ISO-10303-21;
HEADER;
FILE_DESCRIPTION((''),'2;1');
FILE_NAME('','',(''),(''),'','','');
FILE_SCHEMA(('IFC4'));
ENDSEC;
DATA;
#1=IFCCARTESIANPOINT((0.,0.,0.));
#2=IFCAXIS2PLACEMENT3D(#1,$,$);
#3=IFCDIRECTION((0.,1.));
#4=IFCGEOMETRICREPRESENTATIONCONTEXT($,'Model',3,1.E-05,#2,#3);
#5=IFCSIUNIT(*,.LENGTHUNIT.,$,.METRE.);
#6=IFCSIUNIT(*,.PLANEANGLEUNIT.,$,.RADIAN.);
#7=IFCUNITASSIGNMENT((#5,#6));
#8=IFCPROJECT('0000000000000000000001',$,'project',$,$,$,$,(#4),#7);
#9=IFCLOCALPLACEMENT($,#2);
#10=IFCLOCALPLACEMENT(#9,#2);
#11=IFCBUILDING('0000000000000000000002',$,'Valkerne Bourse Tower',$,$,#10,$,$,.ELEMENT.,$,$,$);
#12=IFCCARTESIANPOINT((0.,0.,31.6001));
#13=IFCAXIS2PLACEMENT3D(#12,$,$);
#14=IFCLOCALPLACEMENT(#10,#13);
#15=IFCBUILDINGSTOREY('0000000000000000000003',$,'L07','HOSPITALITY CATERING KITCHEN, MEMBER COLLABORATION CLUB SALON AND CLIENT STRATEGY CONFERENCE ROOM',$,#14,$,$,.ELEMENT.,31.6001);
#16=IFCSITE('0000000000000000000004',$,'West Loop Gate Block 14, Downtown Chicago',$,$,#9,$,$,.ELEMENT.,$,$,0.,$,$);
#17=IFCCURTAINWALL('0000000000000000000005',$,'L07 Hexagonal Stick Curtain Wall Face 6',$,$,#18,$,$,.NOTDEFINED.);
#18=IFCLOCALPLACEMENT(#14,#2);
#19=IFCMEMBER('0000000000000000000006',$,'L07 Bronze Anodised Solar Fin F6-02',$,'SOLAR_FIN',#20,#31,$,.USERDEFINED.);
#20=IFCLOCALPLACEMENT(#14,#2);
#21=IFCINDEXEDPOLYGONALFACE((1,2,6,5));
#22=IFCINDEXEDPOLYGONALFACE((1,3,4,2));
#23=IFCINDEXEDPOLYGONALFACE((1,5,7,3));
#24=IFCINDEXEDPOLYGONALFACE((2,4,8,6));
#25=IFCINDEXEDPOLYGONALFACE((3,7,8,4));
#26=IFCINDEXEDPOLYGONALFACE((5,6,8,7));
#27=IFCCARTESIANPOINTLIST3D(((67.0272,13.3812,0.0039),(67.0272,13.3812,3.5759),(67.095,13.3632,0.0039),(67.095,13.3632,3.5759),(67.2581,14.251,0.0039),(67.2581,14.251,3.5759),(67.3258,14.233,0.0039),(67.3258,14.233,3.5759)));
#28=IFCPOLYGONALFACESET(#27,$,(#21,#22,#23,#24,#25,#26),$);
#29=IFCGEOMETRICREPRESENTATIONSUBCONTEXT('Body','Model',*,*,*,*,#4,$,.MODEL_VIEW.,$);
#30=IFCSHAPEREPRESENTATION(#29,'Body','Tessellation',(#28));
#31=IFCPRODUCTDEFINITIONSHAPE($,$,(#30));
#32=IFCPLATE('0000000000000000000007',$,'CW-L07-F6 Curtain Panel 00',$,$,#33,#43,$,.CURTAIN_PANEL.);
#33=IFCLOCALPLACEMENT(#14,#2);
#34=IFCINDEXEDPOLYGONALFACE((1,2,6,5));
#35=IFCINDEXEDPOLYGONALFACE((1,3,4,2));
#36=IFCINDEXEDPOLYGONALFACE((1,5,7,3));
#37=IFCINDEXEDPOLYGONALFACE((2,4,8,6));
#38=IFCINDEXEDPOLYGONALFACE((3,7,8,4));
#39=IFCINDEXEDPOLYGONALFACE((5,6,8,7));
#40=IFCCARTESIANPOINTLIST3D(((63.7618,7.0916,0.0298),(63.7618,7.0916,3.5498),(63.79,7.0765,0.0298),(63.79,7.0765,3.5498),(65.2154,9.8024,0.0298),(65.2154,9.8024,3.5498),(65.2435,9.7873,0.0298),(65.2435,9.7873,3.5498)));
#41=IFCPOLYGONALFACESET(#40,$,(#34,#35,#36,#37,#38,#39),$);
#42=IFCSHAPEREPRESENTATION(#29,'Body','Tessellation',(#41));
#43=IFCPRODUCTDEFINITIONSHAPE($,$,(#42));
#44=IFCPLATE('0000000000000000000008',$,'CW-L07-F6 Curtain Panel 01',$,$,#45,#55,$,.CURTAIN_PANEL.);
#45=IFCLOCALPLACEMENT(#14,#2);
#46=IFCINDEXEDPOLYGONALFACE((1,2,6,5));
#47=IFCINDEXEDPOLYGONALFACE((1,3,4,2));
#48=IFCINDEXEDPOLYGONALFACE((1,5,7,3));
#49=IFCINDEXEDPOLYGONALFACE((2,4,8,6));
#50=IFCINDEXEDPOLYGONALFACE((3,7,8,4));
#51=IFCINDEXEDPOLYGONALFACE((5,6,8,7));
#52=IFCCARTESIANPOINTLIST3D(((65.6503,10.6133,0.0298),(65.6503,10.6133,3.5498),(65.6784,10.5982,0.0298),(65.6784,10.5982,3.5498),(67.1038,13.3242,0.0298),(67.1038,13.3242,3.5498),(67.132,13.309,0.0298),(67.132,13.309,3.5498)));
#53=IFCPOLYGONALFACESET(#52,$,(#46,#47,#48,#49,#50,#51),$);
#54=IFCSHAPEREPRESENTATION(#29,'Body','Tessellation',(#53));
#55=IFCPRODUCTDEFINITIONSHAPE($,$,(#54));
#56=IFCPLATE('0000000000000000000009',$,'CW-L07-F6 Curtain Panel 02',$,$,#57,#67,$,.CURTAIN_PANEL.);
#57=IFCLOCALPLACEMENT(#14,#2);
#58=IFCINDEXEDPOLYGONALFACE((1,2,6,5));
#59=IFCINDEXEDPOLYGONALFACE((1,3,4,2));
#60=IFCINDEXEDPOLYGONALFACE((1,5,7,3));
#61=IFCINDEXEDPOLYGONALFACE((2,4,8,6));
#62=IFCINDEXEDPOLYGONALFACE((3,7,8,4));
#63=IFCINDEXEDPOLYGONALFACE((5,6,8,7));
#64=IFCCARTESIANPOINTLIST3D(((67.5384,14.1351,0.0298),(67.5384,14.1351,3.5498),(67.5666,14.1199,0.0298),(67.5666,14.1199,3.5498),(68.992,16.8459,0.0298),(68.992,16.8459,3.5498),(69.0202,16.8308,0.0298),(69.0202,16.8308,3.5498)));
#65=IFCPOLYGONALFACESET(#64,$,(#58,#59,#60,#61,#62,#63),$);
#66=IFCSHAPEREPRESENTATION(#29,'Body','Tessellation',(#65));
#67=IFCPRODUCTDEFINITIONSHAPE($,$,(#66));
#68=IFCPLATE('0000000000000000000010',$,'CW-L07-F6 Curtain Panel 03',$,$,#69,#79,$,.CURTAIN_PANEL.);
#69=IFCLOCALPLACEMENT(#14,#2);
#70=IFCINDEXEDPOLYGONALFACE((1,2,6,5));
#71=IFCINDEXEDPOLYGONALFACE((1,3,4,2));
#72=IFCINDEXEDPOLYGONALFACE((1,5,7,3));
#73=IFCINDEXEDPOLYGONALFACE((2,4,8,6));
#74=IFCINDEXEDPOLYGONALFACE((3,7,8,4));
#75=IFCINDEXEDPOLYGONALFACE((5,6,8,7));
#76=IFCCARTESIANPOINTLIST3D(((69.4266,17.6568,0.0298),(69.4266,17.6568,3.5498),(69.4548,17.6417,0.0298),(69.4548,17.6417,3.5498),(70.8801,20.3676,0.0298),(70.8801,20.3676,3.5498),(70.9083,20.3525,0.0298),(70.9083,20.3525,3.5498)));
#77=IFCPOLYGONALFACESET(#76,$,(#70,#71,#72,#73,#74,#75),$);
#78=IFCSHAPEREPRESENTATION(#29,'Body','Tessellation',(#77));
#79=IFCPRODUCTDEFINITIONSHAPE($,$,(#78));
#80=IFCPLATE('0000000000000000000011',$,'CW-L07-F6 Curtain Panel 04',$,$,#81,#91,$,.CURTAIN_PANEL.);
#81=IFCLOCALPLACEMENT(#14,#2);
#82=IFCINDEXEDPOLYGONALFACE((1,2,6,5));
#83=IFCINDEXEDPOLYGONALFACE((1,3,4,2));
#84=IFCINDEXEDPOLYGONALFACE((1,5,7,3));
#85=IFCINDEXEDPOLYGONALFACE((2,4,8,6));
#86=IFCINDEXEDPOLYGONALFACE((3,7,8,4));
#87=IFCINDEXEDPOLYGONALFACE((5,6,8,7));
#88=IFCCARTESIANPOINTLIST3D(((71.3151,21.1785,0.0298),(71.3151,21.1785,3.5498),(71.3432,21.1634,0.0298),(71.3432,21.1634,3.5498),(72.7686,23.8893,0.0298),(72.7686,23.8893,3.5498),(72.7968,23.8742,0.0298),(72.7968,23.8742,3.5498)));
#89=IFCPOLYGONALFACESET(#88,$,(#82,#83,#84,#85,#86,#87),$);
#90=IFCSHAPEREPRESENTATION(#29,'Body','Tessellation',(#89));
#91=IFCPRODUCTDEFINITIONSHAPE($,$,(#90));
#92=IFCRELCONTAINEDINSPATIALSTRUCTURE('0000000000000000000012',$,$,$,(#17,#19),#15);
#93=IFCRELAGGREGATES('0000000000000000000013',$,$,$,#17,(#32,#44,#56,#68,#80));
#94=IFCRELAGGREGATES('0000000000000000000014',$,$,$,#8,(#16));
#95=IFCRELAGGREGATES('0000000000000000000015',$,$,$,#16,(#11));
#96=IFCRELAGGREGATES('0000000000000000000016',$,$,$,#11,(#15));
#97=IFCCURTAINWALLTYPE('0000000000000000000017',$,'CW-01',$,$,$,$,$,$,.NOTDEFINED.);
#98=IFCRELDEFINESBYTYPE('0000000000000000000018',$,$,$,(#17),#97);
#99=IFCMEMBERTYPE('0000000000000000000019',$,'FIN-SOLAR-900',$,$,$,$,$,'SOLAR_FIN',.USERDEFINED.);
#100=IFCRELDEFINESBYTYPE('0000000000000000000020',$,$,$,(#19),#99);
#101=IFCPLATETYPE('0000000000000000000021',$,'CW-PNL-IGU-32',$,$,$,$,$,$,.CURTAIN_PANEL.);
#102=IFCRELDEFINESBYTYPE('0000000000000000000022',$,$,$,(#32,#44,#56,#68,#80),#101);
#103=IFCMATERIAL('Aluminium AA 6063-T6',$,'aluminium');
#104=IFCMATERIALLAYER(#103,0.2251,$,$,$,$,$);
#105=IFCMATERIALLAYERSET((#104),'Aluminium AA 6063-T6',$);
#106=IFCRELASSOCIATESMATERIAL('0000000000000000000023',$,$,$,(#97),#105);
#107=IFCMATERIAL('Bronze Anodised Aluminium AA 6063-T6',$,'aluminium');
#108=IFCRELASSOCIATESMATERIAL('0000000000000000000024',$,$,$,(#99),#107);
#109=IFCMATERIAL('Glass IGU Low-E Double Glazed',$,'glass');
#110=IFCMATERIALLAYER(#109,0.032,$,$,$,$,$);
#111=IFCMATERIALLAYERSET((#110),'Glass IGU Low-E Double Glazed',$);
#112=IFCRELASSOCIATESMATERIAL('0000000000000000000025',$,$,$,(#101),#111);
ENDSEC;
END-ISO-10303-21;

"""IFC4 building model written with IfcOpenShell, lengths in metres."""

from ifc_helpers import new_model, si_unit, direction, frame, origin, origin_2d, place, context, subcontext, project, spatial, rectangle, extrude, material, layer, layer_set, material_profile, profile_set, type_object, element, aggregate, save


model = new_model("IFC4")

# Units and contexts
model_context = context("Model", 3, precision=1e-05, world=origin(), true_north=direction((0.0, 1.0)))
body_context = subcontext(model_context, "Body", "Model", "MODEL_VIEW")
ifc_project = project(units=[si_unit("LENGTHUNIT", "METRE"), si_unit("PLANEANGLEUNIT", "RADIAN")], contexts=[model_context])

# Site, building, storey
site_placement = place(None, origin())
site = spatial("IfcSite", under=ifc_project, at=site_placement, Name="West Loop Gate Block 14, Downtown Chicago", CompositionType="ELEMENT", RefElevation=0.0)
building_placement = place(site_placement, origin())
building = spatial("IfcBuilding", under=site, at=building_placement, Name="Valkerne Bourse Tower", CompositionType="ELEMENT")
storey_placement = place(building_placement, frame((0.0, 0.0, 31.6001)))
storey = spatial("IfcBuildingStorey", under=building, at=storey_placement, Name="L07", Description="HOSPITALITY CATERING KITCHEN, MEMBER COLLABORATION CLUB SALON AND CLIENT STRATEGY CONFERENCE ROOM", CompositionType="ELEMENT", Elevation=31.6001)

# Curtain wall
ifc_material_1 = material(Name="Aluminium AA 6063-T6", Category="aluminium")
ifc_layer_1 = layer(ifc_material_1, 0.2251)
ifc_layer_set_1 = layer_set([ifc_layer_1], Name="Aluminium AA 6063-T6")
curtain_wall_type = type_object("IfcCurtainWallType", Name="CW-01", PredefinedType="NOTDEFINED", material=ifc_layer_set_1)
curtain_wall_placement = place(storey_placement, origin())
curtain_wall = element("IfcCurtainWall", 1, at=curtain_wall_placement, inside=storey, type_object=curtain_wall_type, Name="L07 Hexagonal Stick Curtain Wall Face 6", PredefinedType="NOTDEFINED")

# Member
ifc_material_2 = material(Name="Bronze Anodised Aluminium AA 6063-T6", Category="aluminium")
ifc_material_profile_1 = material_profile(ifc_material_2, rectangle(XDim=0.0701, YDim=0.8999, at=origin_2d()), Name="FIN-70X900")
ifc_profile_set_1 = profile_set([ifc_material_profile_1], Name="Bronze Anodised Aluminium AA 6063-T6")
member_type_1 = type_object("IfcMemberType", Name="FIN-SOLAR-900", ElementType="SOLAR_FIN", PredefinedType="USERDEFINED", material=ifc_profile_set_1)
member_1_placement = place(storey_placement, frame((67.1765, 13.8071, 0.0039), z_axis=(0.0, 0.0, 1.0), x_axis=(0.966544, -0.2565, 0.0)))
element("IfcMember", 2, at=member_1_placement, inside=storey, type_object=member_type_1, Name="L07 Bronze Anodised Solar Fin F6-02", ObjectType="SOLAR_FIN", PredefinedType="USERDEFINED", context=body_context, shape_type="SweptSolid", body=[
    extrude(rectangle(XDim=0.0701, YDim=0.8999, at=origin_2d()), origin(), (0.0, 0.0, 1.0), 3.572),
])

# Plates
ifc_material_3 = material(Name="Glass IGU Low-E Double Glazed", Category="glass")
ifc_layer_2 = layer(ifc_material_3, 0.032)
ifc_layer_set_2 = layer_set([ifc_layer_2], Name="Glass IGU Low-E Double Glazed")
plate_type = type_object("IfcPlateType", Name="CW-PNL-IGU-32", PredefinedType="CURTAIN_PANEL", material=ifc_layer_set_2)
plate_1_placement = place(storey_placement, frame((64.5027, 8.4395, 0.0298), z_axis=(0.0, 0.0, 1.0), x_axis=(0.472547, 0.881305, 0.0)))
plate_1 = element("IfcPlate", 3, at=plate_1_placement, type_object=plate_type, Name="CW-L07-F6 Curtain Panel 00", PredefinedType="CURTAIN_PANEL", context=body_context, shape_type="SweptSolid", body=[
    extrude(rectangle(XDim=3.0759, YDim=0.032, at=origin_2d()), origin(), (0.0, 0.0, 1.0), 3.52),
])
plate_2_placement = place(storey_placement, frame((66.3911, 11.9612, 0.0298), z_axis=(0.0, 0.0, 1.0), x_axis=(0.472547, 0.881305, 0.0)))
plate_2 = element("IfcPlate", 4, at=plate_2_placement, type_object=plate_type, Name="CW-L07-F6 Curtain Panel 01", PredefinedType="CURTAIN_PANEL", context=body_context, shape_type="SweptSolid", body=[
    extrude(rectangle(XDim=3.0759, YDim=0.032, at=origin_2d()), origin(), (0.0, 0.0, 1.0), 3.52),
])
plate_3_placement = place(storey_placement, frame((68.2793, 15.4829, 0.0298), z_axis=(0.0, 0.0, 1.0), x_axis=(0.472547, 0.881305, 0.0)))
plate_3 = element("IfcPlate", 5, at=plate_3_placement, type_object=plate_type, Name="CW-L07-F6 Curtain Panel 02", PredefinedType="CURTAIN_PANEL", context=body_context, shape_type="SweptSolid", body=[
    extrude(rectangle(XDim=3.0759, YDim=0.032, at=origin_2d()), origin(), (0.0, 0.0, 1.0), 3.52),
])
plate_4_placement = place(storey_placement, frame((70.1675, 19.0046, 0.0298), z_axis=(0.0, 0.0, 1.0), x_axis=(0.472547, 0.881305, 0.0)))
plate_4 = element("IfcPlate", 6, at=plate_4_placement, type_object=plate_type, Name="CW-L07-F6 Curtain Panel 03", PredefinedType="CURTAIN_PANEL", context=body_context, shape_type="SweptSolid", body=[
    extrude(rectangle(XDim=3.0759, YDim=0.032, at=origin_2d()), origin(), (0.0, 0.0, 1.0), 3.52),
])
plate_5_placement = place(storey_placement, frame((72.0559, 22.5264, 0.0298), z_axis=(0.0, 0.0, 1.0), x_axis=(0.472547, 0.881305, 0.0)))
plate_5 = element("IfcPlate", 7, at=plate_5_placement, type_object=plate_type, Name="CW-L07-F6 Curtain Panel 04", PredefinedType="CURTAIN_PANEL", context=body_context, shape_type="SweptSolid", body=[
    extrude(rectangle(XDim=3.0759, YDim=0.032, at=origin_2d()), origin(), (0.0, 0.0, 1.0), 3.52),
])
aggregate(curtain_wall, [plate_1, plate_2, plate_3, plate_4, plate_5])

save(model, "model.ifc")
